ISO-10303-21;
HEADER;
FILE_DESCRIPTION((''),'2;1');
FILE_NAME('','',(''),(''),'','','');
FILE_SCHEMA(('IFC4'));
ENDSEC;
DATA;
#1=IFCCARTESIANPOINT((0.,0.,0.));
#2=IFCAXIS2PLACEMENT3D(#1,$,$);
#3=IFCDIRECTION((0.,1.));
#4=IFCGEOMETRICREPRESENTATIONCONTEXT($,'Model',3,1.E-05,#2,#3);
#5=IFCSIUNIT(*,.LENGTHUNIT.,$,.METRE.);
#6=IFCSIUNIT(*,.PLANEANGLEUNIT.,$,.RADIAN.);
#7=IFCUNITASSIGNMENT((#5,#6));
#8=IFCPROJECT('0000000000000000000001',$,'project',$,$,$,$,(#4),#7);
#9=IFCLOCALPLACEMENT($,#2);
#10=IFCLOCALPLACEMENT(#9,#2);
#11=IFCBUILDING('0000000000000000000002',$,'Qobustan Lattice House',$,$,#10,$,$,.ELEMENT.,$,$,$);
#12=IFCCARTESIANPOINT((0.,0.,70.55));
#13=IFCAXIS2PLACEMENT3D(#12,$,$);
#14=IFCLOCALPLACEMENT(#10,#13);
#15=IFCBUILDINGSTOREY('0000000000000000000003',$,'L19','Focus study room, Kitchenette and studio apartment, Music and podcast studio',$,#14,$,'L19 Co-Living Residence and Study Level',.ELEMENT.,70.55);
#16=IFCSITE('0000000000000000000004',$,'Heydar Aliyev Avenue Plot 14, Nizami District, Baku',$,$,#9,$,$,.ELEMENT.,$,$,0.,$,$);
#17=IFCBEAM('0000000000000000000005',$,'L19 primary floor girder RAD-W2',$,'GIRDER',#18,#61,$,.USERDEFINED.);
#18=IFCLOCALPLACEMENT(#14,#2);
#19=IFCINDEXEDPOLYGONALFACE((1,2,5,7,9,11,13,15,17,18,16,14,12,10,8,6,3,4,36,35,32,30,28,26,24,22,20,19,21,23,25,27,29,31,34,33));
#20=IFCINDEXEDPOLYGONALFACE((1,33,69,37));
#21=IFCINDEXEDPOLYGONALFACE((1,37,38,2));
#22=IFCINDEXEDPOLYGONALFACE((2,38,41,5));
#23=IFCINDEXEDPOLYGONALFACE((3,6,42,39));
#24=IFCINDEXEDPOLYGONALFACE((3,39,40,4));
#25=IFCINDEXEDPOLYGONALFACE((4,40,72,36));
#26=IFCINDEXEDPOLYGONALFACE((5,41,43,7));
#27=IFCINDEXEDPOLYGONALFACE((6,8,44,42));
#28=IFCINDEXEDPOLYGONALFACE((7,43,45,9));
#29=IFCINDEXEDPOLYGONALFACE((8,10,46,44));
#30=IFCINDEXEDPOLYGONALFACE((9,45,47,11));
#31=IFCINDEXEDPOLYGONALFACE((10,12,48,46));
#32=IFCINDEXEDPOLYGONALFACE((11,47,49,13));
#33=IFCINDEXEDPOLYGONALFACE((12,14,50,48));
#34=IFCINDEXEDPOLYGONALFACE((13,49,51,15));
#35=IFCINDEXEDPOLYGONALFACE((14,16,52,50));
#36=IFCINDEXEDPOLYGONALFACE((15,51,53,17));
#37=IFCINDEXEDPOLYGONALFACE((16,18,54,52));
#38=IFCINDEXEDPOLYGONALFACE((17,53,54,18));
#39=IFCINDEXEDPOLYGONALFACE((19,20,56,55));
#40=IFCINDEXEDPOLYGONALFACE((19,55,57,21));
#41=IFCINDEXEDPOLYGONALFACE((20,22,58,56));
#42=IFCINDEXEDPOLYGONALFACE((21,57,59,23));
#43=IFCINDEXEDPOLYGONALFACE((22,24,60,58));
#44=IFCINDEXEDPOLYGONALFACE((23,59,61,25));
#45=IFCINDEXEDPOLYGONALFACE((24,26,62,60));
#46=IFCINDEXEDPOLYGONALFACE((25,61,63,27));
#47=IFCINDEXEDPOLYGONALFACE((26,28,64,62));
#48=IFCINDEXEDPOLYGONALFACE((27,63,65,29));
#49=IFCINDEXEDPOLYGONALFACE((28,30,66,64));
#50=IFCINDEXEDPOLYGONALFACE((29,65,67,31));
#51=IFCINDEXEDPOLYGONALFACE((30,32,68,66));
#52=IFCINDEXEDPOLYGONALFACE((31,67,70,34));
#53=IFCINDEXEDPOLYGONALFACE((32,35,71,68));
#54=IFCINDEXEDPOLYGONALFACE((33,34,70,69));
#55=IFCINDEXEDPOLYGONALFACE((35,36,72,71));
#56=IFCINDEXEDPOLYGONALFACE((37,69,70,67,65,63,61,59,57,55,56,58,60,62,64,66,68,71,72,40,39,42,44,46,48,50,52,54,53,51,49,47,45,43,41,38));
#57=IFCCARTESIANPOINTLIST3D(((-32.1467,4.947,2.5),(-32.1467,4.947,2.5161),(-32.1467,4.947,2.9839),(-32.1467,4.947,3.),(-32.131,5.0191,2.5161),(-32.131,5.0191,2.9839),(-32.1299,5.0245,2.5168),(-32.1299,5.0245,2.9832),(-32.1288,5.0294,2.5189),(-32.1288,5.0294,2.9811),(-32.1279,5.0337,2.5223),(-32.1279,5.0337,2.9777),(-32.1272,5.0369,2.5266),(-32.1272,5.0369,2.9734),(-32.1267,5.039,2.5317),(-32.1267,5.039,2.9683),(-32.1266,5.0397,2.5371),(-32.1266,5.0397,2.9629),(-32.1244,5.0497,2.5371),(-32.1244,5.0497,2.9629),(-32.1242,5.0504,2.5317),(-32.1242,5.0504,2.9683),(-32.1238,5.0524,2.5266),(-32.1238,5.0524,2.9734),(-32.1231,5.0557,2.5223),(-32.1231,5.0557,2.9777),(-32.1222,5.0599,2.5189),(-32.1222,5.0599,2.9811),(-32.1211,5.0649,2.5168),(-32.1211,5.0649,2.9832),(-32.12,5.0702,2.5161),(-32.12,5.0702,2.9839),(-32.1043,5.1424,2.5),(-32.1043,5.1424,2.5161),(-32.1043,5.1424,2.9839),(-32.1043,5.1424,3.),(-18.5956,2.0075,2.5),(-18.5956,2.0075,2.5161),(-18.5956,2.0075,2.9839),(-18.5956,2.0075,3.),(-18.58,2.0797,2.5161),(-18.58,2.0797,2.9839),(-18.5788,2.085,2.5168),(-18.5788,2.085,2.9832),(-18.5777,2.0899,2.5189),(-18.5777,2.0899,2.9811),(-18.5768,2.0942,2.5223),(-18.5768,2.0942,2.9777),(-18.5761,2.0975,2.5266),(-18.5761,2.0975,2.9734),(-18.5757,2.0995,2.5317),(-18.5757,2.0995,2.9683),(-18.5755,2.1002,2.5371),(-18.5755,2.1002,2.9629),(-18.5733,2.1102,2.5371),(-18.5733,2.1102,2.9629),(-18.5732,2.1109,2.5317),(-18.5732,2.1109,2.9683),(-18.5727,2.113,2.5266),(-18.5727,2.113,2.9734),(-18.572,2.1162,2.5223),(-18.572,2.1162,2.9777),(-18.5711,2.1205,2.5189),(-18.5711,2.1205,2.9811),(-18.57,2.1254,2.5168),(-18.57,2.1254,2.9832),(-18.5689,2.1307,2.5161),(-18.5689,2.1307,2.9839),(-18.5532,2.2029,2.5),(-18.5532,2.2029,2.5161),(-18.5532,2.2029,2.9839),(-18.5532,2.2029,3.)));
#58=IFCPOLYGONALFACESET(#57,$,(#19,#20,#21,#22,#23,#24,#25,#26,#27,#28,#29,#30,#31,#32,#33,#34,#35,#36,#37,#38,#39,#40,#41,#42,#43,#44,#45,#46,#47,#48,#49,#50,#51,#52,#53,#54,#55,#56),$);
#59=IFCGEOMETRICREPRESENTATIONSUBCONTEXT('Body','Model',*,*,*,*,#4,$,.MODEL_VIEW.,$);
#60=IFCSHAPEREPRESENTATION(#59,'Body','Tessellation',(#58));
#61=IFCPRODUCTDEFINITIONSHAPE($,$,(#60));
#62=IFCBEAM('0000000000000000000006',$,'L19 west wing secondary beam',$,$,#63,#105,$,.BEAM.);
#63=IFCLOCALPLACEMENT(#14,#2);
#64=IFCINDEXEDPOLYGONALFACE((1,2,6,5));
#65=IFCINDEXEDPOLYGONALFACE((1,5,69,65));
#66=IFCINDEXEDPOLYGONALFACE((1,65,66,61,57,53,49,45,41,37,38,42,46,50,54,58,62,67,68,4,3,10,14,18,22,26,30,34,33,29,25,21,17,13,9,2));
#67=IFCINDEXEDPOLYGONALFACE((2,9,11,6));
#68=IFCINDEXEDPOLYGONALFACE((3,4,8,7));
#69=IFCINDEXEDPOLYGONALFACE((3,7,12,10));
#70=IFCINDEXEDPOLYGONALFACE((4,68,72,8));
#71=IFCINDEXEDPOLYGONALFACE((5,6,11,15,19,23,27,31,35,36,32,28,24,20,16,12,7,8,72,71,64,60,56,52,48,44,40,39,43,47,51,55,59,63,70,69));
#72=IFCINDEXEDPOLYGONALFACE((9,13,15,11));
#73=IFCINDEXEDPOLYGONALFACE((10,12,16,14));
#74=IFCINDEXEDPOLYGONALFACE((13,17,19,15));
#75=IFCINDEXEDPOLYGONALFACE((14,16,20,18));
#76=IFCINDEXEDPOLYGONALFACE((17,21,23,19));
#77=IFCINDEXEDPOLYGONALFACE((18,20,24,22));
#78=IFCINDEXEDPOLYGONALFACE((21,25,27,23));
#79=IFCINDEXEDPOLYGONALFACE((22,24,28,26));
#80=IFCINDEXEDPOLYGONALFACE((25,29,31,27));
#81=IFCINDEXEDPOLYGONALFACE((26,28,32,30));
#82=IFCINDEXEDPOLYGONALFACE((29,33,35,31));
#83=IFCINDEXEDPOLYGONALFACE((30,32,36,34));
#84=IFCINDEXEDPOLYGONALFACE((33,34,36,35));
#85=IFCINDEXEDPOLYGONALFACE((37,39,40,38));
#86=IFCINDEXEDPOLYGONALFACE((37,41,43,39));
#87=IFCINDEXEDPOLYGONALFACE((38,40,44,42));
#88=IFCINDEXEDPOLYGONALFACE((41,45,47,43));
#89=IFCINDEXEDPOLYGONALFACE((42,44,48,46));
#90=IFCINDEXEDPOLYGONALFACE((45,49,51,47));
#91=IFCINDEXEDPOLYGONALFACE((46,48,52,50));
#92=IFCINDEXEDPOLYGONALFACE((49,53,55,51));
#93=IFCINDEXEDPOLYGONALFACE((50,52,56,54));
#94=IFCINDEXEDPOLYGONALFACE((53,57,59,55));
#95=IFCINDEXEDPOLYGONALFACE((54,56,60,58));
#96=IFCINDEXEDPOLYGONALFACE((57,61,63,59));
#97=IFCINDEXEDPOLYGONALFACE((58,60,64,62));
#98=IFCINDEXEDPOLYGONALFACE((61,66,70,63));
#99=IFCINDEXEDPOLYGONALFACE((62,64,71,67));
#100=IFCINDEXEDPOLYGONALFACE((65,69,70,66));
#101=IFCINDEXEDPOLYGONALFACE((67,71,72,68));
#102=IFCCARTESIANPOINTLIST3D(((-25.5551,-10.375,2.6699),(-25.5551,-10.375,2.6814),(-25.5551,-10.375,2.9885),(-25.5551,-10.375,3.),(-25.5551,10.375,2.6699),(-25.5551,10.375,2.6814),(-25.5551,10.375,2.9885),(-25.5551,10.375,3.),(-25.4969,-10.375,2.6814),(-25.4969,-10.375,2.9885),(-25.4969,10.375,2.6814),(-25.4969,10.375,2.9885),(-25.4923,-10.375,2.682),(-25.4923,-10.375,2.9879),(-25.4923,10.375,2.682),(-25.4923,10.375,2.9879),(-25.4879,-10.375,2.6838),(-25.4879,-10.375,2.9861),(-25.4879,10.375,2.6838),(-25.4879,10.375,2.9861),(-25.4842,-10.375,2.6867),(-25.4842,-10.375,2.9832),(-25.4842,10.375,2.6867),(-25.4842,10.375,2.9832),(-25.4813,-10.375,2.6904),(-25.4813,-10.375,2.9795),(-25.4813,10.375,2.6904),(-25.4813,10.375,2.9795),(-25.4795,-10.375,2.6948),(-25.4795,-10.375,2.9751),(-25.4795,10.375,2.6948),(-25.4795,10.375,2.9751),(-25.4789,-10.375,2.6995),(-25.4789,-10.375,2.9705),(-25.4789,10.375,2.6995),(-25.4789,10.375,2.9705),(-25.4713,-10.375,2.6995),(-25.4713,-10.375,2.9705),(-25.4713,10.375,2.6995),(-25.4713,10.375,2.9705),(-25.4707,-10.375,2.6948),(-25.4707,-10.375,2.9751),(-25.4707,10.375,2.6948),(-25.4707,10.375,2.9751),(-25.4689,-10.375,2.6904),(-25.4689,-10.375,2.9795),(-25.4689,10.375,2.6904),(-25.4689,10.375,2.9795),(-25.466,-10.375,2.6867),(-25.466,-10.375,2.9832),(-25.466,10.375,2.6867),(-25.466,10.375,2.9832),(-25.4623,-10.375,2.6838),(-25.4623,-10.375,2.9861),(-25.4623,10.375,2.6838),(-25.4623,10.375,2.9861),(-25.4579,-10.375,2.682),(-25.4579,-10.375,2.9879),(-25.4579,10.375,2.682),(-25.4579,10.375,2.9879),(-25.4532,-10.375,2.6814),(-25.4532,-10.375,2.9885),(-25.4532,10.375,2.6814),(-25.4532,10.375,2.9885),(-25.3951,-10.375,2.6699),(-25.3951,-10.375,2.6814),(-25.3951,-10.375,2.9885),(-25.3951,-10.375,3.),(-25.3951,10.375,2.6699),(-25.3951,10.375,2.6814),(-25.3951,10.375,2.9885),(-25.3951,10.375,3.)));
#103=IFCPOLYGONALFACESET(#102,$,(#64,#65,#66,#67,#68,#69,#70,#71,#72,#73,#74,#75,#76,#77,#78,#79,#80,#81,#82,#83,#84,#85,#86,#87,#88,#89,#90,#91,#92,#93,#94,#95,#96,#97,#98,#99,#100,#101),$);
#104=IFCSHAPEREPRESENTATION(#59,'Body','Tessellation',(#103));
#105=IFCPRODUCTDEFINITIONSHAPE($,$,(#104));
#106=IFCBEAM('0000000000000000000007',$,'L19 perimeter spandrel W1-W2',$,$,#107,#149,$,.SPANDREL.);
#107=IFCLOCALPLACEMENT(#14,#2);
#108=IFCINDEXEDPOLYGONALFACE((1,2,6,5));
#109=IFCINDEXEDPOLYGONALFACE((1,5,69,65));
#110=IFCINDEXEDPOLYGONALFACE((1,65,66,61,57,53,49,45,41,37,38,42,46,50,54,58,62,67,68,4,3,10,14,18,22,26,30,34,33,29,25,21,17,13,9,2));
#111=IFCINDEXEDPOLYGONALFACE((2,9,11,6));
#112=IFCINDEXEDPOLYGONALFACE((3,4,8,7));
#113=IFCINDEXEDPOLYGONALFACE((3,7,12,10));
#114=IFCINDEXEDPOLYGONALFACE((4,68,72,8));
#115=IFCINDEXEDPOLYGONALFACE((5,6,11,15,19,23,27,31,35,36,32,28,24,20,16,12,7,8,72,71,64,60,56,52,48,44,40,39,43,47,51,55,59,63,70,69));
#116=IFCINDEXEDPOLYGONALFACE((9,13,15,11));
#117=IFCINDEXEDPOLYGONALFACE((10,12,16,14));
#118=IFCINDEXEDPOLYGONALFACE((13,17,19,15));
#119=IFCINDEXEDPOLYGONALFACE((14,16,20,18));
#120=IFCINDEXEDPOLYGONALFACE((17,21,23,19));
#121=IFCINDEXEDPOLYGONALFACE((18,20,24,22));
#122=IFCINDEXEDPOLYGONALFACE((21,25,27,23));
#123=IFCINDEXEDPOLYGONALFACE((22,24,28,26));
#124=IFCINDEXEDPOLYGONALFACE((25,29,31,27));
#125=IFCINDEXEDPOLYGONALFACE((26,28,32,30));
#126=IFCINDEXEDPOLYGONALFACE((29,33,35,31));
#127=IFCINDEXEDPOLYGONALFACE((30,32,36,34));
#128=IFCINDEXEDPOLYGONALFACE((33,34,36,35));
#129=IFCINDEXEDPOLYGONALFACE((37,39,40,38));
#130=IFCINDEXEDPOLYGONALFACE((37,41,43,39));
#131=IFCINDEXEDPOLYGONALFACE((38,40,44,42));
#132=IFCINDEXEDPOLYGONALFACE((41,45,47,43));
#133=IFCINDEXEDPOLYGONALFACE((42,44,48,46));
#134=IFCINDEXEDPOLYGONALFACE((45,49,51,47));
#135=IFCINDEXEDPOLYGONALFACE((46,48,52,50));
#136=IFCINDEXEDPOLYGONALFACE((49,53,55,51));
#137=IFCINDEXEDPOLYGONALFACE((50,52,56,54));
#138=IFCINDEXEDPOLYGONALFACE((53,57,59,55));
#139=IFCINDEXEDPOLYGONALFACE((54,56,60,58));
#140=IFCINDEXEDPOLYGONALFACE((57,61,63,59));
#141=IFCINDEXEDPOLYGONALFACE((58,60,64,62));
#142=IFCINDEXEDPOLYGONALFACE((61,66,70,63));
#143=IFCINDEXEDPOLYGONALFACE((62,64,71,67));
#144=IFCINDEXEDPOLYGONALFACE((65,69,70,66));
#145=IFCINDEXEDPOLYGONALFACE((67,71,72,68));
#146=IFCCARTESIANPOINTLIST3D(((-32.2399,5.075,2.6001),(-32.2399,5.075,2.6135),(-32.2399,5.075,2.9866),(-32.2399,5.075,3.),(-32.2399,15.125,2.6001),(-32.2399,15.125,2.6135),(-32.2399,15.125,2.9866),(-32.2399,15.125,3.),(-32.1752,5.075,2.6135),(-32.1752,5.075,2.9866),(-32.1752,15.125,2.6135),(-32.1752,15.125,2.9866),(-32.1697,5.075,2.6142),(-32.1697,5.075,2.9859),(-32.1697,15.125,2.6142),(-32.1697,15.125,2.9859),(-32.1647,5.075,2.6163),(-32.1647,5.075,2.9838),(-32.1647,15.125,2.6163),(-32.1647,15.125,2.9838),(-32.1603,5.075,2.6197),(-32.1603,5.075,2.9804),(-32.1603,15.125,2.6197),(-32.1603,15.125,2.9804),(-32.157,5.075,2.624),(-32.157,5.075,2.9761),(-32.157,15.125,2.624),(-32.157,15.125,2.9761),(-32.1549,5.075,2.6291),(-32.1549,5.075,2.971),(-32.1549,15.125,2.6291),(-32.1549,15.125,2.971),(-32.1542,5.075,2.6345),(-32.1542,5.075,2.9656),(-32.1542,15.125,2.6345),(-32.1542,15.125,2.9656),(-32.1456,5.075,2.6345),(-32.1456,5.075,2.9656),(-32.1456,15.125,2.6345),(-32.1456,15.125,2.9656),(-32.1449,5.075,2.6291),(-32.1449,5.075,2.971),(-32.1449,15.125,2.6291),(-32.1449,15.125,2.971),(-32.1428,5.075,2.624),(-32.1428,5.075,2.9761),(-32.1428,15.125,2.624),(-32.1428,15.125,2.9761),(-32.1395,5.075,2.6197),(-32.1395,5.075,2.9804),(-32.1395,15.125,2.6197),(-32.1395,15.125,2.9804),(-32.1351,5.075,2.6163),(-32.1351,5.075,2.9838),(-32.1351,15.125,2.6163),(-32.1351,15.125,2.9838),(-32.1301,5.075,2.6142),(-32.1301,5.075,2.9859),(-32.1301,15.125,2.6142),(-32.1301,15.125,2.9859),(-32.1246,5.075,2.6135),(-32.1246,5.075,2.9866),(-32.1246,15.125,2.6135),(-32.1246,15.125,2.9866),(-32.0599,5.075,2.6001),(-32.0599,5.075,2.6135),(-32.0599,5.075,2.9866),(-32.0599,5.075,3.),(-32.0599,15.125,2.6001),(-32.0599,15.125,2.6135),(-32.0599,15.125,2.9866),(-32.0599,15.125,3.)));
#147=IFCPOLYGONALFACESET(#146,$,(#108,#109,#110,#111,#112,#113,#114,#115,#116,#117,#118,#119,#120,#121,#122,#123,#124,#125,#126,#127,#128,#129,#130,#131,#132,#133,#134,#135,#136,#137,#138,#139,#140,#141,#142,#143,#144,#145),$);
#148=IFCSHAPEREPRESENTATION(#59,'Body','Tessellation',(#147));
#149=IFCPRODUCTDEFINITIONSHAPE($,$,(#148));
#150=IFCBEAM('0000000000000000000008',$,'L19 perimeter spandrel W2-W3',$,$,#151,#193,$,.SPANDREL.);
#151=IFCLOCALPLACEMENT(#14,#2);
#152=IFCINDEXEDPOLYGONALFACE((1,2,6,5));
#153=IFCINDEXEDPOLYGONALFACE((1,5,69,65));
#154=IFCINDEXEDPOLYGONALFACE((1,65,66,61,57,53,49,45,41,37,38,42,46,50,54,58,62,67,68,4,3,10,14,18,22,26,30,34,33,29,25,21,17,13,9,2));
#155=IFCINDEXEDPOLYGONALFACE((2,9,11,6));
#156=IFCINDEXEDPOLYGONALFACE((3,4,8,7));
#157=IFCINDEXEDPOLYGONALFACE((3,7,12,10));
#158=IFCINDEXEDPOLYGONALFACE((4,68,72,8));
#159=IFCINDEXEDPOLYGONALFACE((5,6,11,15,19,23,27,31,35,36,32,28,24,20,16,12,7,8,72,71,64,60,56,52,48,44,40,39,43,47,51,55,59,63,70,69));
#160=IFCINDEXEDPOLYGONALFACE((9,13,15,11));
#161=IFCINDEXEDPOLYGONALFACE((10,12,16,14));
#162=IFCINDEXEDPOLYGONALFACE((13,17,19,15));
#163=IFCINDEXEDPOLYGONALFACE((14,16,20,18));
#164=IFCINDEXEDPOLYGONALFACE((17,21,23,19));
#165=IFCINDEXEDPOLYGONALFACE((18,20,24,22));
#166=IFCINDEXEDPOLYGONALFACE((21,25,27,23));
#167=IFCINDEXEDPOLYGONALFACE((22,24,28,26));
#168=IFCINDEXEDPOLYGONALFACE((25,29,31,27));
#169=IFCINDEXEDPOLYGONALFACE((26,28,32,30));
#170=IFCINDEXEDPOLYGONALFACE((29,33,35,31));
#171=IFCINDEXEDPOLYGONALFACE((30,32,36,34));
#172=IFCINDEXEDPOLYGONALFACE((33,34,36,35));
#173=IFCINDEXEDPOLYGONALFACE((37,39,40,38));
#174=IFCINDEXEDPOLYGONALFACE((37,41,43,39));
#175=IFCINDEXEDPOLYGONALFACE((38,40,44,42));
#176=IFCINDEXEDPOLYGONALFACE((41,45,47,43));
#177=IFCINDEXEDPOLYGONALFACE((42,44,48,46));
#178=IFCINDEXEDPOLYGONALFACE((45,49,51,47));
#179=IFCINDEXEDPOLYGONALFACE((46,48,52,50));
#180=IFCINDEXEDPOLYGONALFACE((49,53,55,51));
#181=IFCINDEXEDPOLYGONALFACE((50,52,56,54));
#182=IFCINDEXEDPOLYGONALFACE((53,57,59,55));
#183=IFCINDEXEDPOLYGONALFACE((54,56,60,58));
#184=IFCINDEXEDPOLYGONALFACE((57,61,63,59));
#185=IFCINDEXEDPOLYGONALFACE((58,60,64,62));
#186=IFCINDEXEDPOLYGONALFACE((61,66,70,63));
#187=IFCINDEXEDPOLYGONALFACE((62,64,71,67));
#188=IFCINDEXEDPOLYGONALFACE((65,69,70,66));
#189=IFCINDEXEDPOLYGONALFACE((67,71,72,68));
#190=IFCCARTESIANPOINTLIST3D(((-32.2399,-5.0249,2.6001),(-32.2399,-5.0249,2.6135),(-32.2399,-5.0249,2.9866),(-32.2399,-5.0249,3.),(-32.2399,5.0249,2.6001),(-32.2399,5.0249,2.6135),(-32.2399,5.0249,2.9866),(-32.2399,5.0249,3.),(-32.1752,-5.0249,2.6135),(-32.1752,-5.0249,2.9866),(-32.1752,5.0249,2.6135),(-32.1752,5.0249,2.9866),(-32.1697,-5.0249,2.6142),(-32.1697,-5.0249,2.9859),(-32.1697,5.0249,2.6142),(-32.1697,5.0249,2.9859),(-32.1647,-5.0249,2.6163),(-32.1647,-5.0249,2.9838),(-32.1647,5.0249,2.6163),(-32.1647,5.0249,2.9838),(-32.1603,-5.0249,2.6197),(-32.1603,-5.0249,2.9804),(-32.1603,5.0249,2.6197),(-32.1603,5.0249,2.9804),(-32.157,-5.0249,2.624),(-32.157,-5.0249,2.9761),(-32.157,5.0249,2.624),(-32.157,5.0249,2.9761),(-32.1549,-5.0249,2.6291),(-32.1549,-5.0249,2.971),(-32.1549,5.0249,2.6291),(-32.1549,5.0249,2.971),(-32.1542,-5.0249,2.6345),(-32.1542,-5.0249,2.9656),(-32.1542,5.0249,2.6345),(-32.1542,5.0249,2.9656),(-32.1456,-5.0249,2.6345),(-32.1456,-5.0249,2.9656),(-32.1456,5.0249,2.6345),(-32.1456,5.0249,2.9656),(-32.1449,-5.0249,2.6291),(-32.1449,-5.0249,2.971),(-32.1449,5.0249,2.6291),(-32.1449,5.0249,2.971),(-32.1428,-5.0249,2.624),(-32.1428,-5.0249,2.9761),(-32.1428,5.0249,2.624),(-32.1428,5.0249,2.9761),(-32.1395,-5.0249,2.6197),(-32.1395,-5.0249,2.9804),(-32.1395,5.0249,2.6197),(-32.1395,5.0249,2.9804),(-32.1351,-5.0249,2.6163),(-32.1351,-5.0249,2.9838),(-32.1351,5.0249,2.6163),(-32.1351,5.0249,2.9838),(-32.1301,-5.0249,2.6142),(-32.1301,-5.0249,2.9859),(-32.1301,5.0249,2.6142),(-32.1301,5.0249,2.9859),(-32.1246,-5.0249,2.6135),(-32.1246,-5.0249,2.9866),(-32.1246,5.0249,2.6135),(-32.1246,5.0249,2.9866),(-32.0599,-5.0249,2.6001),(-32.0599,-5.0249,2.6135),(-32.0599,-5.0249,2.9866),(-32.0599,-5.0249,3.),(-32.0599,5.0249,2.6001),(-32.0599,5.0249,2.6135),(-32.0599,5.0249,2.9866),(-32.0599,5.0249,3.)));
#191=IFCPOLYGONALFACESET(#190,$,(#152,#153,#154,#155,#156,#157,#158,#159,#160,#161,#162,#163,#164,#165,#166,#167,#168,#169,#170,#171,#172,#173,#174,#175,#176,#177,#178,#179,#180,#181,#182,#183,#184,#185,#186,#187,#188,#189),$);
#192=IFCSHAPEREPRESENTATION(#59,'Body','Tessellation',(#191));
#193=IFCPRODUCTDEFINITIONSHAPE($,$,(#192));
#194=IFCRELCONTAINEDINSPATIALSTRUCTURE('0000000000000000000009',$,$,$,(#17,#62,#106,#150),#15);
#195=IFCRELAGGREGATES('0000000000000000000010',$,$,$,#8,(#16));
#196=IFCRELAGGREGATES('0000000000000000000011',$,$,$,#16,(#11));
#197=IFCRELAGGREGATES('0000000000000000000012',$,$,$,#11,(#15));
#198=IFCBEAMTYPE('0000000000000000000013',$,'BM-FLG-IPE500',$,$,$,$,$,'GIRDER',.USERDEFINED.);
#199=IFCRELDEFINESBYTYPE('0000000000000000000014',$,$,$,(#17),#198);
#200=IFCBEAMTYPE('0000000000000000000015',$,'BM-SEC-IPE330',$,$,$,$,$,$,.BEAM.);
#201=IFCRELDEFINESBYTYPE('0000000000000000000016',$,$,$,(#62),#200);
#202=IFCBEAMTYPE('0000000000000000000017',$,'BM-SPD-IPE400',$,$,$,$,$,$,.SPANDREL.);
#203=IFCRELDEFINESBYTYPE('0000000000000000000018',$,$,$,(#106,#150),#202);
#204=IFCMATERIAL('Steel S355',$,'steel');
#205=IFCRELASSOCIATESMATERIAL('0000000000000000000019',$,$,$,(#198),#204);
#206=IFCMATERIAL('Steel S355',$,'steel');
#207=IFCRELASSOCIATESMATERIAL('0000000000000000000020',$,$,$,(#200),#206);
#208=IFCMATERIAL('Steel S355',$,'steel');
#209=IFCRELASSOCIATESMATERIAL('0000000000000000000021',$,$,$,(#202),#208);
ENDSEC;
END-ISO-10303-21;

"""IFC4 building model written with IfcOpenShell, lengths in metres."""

from ifc_helpers import new_model, si_unit, direction, frame, origin, origin_2d, place, context, subcontext, project, spatial, i_section, extrude, material, material_profile, profile_set, type_object, element, save


model = new_model("IFC4")

# Units and contexts
model_context = context("Model", 3, precision=1e-05, world=origin(), true_north=direction((0.0, 1.0)))
body_context = subcontext(model_context, "Body", "Model", "MODEL_VIEW")
ifc_project = project(units=[si_unit("LENGTHUNIT", "METRE"), si_unit("PLANEANGLEUNIT", "RADIAN")], contexts=[model_context])

# Site, building, storey
site_placement = place(None, origin())
site = spatial("IfcSite", under=ifc_project, at=site_placement, Name="Heydar Aliyev Avenue Plot 14, Nizami District, Baku", CompositionType="ELEMENT", RefElevation=0.0)
building_placement = place(site_placement, origin())
building = spatial("IfcBuilding", under=site, at=building_placement, Name="Qobustan Lattice House", CompositionType="ELEMENT")
storey_placement = place(building_placement, frame((0.0, 0.0, 70.55)))
storey = spatial("IfcBuildingStorey", under=building, at=storey_placement, Name="L19", Description="Focus study room, Kitchenette and studio apartment, Music and podcast studio", LongName="L19 Co-Living Residence and Study Level", CompositionType="ELEMENT", Elevation=70.55)

# Beams
ifc_material_1 = material(Name="Steel S355", Category="steel")
ifc_material_profile_1 = material_profile(ifc_material_1, i_section(OverallWidth=0.2, OverallDepth=0.5, WebThickness=0.0103, FlangeThickness=0.0161, FilletRadius=0.021, at=origin_2d()), Name="IPE500")
ifc_profile_set_1 = profile_set([ifc_material_profile_1], Name="Steel S355")
beam_type_1 = type_object("IfcBeamType", Name="BM-FLG-IPE500", ElementType="GIRDER", PredefinedType="USERDEFINED", material=ifc_profile_set_1)
beam_1_placement = place(storey_placement, frame((-32.1255, 5.0447, 2.75), z_axis=(0.977272, -0.211987, 0.0), x_axis=(0.211987, 0.977272, 0.0)))
element("IfcBeam", 1, at=beam_1_placement, inside=storey, type_object=beam_type_1, Name="L19 primary floor girder RAD-W2", ObjectType="GIRDER", PredefinedType="USERDEFINED", context=body_context, shape_type="SweptSolid", body=[
    extrude(i_section(OverallWidth=0.2, OverallDepth=0.5, WebThickness=0.0103, FlangeThickness=0.0161, FilletRadius=0.021, at=origin_2d()), origin(), (0.0, 0.0, 1.0), 13.8662),
])
ifc_material_2 = material(Name="Steel S355", Category="steel")
ifc_material_profile_2 = material_profile(ifc_material_2, i_section(OverallWidth=0.1599, OverallDepth=0.3301, WebThickness=0.0076, FlangeThickness=0.0115, FilletRadius=0.0181, at=origin_2d()), Name="IPE330")
ifc_profile_set_2 = profile_set([ifc_material_profile_2], Name="Steel S355")
beam_type_2 = type_object("IfcBeamType", Name="BM-SEC-IPE330", PredefinedType="BEAM", material=ifc_profile_set_2)
beam_2_placement = place(storey_placement, frame((-25.4751, 10.375, 2.835), z_axis=(0.0, -1.0, 0.0), x_axis=(1.0, 0.0, 0.0)))
element("IfcBeam", 2, at=beam_2_placement, inside=storey, type_object=beam_type_2, Name="L19 west wing secondary beam", PredefinedType="BEAM", context=body_context, shape_type="SweptSolid", body=[
    extrude(i_section(OverallWidth=0.1599, OverallDepth=0.3301, WebThickness=0.0076, FlangeThickness=0.0115, FilletRadius=0.0181, at=origin_2d()), origin(), (0.0, 0.0, 1.0), 20.75),
])
ifc_material_3 = material(Name="Steel S355", Category="steel")
ifc_material_profile_3 = material_profile(ifc_material_3, i_section(OverallWidth=0.1799, OverallDepth=0.3999, WebThickness=0.0085, FlangeThickness=0.0134, FilletRadius=0.021, at=origin_2d()), Name="IPE400")
ifc_profile_set_3 = profile_set([ifc_material_profile_3], Name="Steel S355")
beam_type_3 = type_object("IfcBeamType", Name="BM-SPD-IPE400", PredefinedType="SPANDREL", material=ifc_profile_set_3)
beam_3_placement = place(storey_placement, frame((-32.1499, 15.125, 2.8), z_axis=(0.0, -1.0, 0.0), x_axis=(1.0, 0.0, 0.0)))
element("IfcBeam", 3, at=beam_3_placement, inside=storey, type_object=beam_type_3, Name="L19 perimeter spandrel W1-W2", PredefinedType="SPANDREL", context=body_context, shape_type="SweptSolid", body=[
    extrude(i_section(OverallWidth=0.1799, OverallDepth=0.3999, WebThickness=0.0085, FlangeThickness=0.0134, FilletRadius=0.021, at=origin_2d()), origin(), (0.0, 0.0, 1.0), 10.05),
])
beam_4_placement = place(storey_placement, frame((-32.1499, 5.0249, 2.8), z_axis=(0.0, -1.0, 0.0), x_axis=(1.0, 0.0, 0.0)))
element("IfcBeam", 4, at=beam_4_placement, inside=storey, type_object=beam_type_3, Name="L19 perimeter spandrel W2-W3", PredefinedType="SPANDREL", context=body_context, shape_type="SweptSolid", body=[
    extrude(i_section(OverallWidth=0.1799, OverallDepth=0.3999, WebThickness=0.0085, FlangeThickness=0.0134, FilletRadius=0.021, at=origin_2d()), origin(), (0.0, 0.0, 1.0), 10.0498),
])

save(model, "model.ifc")
